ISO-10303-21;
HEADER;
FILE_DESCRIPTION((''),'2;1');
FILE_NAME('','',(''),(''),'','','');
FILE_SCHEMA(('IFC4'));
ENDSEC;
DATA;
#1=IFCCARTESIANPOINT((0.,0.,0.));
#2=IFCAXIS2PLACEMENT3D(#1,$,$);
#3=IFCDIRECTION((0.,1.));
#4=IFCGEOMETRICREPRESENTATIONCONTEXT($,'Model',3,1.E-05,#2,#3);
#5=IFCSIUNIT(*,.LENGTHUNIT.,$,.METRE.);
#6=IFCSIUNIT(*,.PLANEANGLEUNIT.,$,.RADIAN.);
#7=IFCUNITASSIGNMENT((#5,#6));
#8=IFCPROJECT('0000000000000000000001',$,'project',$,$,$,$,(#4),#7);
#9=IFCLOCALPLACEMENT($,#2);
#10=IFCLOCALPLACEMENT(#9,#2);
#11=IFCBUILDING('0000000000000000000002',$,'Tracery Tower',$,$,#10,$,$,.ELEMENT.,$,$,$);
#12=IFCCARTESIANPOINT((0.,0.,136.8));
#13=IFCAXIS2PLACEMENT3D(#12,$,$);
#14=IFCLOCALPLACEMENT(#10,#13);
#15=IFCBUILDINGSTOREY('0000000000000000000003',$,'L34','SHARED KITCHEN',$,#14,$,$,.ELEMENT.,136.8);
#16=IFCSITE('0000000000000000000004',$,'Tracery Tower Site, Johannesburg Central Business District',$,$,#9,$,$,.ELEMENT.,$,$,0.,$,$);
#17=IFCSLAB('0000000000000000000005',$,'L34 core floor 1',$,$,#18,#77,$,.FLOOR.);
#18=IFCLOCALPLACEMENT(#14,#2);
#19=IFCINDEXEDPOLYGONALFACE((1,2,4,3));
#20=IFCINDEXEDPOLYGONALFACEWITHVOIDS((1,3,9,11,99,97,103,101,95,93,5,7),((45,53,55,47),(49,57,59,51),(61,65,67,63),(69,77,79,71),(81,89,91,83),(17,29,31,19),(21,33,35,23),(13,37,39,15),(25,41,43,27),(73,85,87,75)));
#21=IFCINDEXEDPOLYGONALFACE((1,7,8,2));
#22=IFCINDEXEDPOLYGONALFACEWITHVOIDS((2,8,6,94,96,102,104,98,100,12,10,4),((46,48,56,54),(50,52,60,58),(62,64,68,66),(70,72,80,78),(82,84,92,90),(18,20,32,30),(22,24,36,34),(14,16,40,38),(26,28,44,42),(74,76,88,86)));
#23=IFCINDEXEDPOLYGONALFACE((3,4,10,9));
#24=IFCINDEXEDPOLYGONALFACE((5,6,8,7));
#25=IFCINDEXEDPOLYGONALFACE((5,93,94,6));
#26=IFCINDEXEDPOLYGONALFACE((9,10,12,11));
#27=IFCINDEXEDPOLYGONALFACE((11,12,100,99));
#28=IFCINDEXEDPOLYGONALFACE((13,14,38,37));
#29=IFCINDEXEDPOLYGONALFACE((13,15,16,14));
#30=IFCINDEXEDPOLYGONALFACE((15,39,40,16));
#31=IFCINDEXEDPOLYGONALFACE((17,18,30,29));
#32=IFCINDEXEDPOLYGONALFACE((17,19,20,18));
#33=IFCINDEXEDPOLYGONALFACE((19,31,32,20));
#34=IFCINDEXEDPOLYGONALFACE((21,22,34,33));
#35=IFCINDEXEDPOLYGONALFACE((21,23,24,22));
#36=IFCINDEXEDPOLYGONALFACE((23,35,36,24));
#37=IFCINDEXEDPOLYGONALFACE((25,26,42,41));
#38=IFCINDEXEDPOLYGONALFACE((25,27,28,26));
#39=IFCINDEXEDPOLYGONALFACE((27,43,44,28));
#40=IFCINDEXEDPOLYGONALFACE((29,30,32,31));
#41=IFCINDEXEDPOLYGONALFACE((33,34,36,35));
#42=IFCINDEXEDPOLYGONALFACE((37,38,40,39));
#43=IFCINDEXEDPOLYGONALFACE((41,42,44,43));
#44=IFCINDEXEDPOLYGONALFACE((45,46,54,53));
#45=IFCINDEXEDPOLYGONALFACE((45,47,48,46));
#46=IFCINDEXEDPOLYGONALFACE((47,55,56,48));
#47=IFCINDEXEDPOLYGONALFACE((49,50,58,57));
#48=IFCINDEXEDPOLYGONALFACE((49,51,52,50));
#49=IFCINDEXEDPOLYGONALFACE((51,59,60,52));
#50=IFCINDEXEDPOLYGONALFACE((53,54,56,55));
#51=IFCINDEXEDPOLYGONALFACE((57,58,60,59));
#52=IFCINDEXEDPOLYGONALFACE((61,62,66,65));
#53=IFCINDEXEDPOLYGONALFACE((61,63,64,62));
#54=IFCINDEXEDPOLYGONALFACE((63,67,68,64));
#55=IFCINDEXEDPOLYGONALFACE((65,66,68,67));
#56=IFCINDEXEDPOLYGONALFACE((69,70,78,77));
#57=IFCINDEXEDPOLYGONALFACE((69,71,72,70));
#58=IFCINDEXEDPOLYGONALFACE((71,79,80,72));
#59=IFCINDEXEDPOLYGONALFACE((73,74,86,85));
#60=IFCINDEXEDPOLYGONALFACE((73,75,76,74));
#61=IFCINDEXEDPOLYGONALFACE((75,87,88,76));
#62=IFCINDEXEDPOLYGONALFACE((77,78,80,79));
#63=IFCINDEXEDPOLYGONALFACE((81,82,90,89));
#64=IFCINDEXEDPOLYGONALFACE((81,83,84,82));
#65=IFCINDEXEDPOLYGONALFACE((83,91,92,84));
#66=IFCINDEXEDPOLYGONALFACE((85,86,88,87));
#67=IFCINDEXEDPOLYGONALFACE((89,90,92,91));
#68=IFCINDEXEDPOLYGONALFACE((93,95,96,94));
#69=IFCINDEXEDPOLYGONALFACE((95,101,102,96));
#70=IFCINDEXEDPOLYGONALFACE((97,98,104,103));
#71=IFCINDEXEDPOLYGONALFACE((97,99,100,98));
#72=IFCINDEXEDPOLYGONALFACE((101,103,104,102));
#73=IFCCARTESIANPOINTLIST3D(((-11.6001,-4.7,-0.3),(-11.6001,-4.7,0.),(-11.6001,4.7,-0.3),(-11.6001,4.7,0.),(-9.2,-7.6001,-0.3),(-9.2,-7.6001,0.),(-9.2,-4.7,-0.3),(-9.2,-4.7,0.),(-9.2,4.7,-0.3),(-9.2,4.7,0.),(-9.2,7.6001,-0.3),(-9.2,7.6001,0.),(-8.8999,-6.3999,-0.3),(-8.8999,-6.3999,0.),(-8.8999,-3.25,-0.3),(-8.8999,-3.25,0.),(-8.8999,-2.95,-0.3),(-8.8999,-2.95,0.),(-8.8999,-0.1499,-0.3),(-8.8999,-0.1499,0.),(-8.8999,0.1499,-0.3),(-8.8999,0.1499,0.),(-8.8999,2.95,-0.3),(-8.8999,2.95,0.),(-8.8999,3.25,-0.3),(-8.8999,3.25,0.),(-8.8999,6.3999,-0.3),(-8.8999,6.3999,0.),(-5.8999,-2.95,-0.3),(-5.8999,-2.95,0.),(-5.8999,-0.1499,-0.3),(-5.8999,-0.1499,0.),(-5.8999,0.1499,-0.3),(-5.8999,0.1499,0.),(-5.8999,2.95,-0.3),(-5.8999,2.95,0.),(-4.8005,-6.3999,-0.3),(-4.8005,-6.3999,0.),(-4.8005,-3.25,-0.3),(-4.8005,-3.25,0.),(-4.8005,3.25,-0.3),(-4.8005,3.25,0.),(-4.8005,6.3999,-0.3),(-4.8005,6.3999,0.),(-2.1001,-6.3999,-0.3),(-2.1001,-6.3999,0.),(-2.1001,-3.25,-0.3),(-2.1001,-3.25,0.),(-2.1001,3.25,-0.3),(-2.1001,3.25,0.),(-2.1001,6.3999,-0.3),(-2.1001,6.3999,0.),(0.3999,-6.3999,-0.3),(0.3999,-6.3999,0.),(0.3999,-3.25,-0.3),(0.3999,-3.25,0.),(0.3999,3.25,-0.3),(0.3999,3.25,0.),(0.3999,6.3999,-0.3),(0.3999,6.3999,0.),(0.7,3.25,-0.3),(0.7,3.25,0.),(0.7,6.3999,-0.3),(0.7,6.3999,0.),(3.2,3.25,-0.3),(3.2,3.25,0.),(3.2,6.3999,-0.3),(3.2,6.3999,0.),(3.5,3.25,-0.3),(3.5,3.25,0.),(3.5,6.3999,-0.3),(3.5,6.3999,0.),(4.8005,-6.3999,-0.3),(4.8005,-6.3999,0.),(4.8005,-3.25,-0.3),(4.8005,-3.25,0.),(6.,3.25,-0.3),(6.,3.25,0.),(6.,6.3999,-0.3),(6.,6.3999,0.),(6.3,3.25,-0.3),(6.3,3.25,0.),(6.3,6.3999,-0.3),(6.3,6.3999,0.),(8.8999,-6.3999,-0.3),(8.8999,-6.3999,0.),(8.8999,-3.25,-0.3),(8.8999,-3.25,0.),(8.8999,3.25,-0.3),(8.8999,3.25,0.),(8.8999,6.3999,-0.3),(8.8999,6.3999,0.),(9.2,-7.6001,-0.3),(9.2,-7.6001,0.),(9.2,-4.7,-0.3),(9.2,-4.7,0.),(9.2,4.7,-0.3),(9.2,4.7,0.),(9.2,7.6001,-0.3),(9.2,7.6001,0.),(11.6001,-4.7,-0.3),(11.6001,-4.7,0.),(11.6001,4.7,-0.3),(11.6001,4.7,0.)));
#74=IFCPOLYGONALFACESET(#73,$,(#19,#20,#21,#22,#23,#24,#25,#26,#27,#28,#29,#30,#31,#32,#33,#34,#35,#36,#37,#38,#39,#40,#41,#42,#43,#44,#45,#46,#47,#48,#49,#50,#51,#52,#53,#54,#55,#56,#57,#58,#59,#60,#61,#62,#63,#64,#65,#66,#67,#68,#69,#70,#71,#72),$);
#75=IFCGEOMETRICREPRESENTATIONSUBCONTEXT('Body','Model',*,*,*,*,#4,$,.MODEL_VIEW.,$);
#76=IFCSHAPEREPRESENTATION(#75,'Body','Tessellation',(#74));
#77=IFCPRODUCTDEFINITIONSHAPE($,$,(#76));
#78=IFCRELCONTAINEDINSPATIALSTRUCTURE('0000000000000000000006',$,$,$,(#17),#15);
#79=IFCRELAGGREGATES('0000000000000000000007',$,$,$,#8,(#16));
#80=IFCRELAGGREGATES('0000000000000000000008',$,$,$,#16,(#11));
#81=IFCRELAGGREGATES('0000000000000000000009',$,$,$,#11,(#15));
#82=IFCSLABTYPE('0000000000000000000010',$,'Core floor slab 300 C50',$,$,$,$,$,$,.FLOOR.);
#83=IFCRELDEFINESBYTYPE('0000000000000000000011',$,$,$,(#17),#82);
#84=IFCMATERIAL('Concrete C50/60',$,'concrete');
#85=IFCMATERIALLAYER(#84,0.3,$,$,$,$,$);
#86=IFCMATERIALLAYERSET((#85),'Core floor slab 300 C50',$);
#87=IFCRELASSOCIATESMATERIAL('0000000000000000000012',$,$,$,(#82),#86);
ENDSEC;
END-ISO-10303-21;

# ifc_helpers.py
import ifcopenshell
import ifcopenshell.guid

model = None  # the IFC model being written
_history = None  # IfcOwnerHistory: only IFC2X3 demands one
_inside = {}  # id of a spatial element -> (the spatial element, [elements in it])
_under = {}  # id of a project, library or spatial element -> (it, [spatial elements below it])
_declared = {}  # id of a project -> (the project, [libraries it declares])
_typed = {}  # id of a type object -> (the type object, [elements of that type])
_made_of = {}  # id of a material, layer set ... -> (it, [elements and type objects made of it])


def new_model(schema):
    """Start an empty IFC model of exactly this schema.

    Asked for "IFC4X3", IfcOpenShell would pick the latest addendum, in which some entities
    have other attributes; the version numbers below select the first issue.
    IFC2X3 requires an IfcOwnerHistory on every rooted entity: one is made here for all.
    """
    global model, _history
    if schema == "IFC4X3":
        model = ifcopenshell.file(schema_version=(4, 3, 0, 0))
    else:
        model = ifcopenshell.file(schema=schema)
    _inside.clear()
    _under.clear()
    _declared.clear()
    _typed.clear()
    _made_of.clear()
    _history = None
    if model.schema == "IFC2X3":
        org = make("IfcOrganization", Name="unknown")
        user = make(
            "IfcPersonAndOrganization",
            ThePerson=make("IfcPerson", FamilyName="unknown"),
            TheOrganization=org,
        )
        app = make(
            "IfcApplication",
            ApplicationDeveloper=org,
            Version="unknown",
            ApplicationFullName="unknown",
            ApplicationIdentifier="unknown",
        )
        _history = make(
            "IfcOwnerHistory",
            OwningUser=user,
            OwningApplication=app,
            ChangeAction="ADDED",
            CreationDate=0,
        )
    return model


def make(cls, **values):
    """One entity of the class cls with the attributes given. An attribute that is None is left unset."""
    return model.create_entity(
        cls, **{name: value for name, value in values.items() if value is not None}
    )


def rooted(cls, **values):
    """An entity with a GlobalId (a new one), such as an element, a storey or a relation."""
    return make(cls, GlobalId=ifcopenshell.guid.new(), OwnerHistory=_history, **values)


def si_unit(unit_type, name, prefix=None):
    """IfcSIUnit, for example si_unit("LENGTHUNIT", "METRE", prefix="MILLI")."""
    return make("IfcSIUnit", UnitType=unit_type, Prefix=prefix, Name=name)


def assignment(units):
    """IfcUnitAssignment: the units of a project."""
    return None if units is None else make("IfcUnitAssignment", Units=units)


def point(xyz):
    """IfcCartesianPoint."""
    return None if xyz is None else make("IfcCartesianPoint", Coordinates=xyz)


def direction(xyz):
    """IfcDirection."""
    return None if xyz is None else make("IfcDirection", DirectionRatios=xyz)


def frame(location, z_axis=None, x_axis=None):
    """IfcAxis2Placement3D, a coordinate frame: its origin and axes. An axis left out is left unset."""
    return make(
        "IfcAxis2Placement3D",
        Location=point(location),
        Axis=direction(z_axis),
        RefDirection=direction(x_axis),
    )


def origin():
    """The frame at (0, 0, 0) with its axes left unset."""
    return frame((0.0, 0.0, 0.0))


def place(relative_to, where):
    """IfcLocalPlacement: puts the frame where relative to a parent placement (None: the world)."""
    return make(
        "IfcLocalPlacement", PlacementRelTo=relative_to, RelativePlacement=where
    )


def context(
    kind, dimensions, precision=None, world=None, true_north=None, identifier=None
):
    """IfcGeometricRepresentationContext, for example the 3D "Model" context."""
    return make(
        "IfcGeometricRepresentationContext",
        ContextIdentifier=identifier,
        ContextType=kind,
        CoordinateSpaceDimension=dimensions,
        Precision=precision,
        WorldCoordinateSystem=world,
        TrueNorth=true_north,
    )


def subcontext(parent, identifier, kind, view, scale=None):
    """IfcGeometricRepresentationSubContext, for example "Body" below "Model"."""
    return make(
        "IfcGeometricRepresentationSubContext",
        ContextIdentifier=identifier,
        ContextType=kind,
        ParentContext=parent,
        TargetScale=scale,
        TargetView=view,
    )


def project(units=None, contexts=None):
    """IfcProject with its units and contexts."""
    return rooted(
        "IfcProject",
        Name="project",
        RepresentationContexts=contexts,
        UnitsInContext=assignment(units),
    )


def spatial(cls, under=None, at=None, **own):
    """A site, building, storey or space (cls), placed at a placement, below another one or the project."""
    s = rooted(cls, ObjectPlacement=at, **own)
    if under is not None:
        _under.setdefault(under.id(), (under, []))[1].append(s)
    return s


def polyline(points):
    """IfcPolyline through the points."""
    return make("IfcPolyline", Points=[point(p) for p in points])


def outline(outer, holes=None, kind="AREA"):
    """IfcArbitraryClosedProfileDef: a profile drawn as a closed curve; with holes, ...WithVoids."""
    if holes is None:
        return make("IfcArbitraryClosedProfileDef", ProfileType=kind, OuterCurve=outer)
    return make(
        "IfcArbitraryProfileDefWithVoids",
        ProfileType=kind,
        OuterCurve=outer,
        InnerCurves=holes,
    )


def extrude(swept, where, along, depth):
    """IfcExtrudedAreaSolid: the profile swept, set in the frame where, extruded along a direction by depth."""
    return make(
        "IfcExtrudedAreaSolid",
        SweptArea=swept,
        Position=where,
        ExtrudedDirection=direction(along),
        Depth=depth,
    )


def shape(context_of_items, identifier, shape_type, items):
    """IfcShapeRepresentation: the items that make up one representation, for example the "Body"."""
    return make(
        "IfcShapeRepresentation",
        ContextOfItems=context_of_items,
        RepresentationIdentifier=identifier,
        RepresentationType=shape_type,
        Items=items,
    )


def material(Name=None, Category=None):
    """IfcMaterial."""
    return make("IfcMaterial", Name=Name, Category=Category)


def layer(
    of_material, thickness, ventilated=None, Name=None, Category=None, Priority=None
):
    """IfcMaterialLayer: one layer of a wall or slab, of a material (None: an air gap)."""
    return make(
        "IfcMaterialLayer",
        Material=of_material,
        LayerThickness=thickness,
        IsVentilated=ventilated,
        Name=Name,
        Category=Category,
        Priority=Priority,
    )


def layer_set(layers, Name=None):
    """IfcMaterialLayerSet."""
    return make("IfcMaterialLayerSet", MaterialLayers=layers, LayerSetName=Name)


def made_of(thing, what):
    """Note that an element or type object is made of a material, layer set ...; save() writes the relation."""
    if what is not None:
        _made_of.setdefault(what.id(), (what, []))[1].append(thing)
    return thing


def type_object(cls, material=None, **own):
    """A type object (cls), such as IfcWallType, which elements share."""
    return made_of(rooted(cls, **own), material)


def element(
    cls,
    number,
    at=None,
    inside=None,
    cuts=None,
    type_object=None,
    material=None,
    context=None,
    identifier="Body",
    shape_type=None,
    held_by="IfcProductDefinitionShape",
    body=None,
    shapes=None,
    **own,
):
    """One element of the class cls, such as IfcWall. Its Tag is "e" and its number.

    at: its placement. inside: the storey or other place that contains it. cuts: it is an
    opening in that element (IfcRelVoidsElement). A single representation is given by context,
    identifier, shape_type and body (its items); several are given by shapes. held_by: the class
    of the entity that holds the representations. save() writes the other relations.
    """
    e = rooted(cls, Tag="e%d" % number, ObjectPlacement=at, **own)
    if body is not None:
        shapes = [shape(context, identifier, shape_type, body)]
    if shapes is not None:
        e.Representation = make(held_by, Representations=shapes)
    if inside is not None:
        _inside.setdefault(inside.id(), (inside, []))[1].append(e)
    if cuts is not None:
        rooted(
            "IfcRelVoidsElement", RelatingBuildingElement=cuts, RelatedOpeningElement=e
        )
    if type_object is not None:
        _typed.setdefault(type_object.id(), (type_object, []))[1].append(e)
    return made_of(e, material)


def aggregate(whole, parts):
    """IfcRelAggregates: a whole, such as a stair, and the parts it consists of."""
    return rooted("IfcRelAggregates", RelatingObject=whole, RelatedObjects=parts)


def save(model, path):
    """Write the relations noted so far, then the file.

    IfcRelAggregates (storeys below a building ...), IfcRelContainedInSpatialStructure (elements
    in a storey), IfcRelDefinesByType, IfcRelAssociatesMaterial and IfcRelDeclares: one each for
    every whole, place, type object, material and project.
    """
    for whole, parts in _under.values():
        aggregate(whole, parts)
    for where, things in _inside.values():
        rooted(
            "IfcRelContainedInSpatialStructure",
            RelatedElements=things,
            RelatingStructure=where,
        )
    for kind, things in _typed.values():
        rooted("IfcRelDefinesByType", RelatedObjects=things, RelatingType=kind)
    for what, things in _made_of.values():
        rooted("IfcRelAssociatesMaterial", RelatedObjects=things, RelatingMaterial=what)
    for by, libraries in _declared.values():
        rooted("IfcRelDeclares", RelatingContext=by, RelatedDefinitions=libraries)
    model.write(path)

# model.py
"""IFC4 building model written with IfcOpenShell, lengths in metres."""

from ifc_helpers import new_model, si_unit, direction, frame, origin, place, context, subcontext, project, spatial, polyline, outline, extrude, material, layer, layer_set, type_object, element, save


model = new_model("IFC4")

# Units and contexts
model_context = context("Model", 3, precision=1e-05, world=origin(), true_north=direction((0.0, 1.0)))
body_context = subcontext(model_context, "Body", "Model", "MODEL_VIEW")
ifc_project = project(units=[si_unit("LENGTHUNIT", "METRE"), si_unit("PLANEANGLEUNIT", "RADIAN")], contexts=[model_context])

# Site, building, storey
site_placement = place(None, origin())
site = spatial("IfcSite", under=ifc_project, at=site_placement, Name="Tracery Tower Site, Johannesburg Central Business District", CompositionType="ELEMENT", RefElevation=0.0)
building_placement = place(site_placement, origin())
building = spatial("IfcBuilding", under=site, at=building_placement, Name="Tracery Tower", CompositionType="ELEMENT")
storey_placement = place(building_placement, frame((0.0, 0.0, 136.8)))
storey = spatial("IfcBuildingStorey", under=building, at=storey_placement, Name="L34", Description="SHARED KITCHEN", CompositionType="ELEMENT", Elevation=136.8)

# Slab
ifc_material_1 = material(Name="Concrete C50/60", Category="concrete")
ifc_layer_1 = layer(ifc_material_1, 0.3)
ifc_layer_set_1 = layer_set([ifc_layer_1], Name="Core floor slab 300 C50")
slab_type_1 = type_object("IfcSlabType", Name="Core floor slab 300 C50", PredefinedType="FLOOR", material=ifc_layer_set_1)
slab_1_placement = place(storey_placement, frame((0.0, 0.0, -0.3)))
element("IfcSlab", 1, at=slab_1_placement, inside=storey, type_object=slab_type_1, Name="L34 core floor 1", PredefinedType="FLOOR", context=body_context, shape_type="SweptSolid", body=[
    extrude(outline(polyline([(-9.2, 7.6001), (9.2, 7.6001), (9.2, 4.7), (11.6001, 4.7), (11.6001, -4.7), (9.2, -4.7), (9.2, -7.6001), (-9.2, -7.6001), (-9.2, -4.7), (-11.6001, -4.7), (-11.6001, 4.7), (-9.2, 4.7), (-9.2, 7.6001)]), holes=[polyline([(4.8005, -6.3999), (8.8999, -6.3999), (8.8999, -3.25), (4.8005, -3.25), (4.8005, -6.3999)]), polyline([(8.8999, 3.25), (8.8999, 6.3999), (6.3, 6.3999), (6.3, 3.25), (8.8999, 3.25)]), polyline([(6.0, 3.25), (6.0, 6.3999), (3.5, 6.3999), (3.5, 3.25), (6.0, 3.25)]), polyline([(3.2, 3.25), (3.2, 6.3999), (0.7, 6.3999), (0.7, 3.25), (3.2, 3.25)]), polyline([(-2.1001, 3.25), (0.3999, 3.25), (0.3999, 6.3999), (-2.1001, 6.3999), (-2.1001, 3.25)]), polyline([(0.3999, -6.3999), (0.3999, -3.25), (-2.1001, -3.25), (-2.1001, -6.3999), (0.3999, -6.3999)]), polyline([(-4.8005, -3.25), (-8.8999, -3.25), (-8.8999, -6.3999), (-4.8005, -6.3999), (-4.8005, -3.25)]), polyline([(-4.8005, 6.3999), (-8.8999, 6.3999), (-8.8999, 3.25), (-4.8005, 3.25), (-4.8005, 6.3999)]), polyline([(-5.8999, -2.95), (-5.8999, -0.1499), (-8.8999, -0.1499), (-8.8999, -2.95), (-5.8999, -2.95)]), polyline([(-5.8999, 0.1499), (-5.8999, 2.95), (-8.8999, 2.95), (-8.8999, 0.1499), (-5.8999, 0.1499)])]), origin(), (0.0, 0.0, 1.0), 0.3),
])

save(model, "model.ifc")
